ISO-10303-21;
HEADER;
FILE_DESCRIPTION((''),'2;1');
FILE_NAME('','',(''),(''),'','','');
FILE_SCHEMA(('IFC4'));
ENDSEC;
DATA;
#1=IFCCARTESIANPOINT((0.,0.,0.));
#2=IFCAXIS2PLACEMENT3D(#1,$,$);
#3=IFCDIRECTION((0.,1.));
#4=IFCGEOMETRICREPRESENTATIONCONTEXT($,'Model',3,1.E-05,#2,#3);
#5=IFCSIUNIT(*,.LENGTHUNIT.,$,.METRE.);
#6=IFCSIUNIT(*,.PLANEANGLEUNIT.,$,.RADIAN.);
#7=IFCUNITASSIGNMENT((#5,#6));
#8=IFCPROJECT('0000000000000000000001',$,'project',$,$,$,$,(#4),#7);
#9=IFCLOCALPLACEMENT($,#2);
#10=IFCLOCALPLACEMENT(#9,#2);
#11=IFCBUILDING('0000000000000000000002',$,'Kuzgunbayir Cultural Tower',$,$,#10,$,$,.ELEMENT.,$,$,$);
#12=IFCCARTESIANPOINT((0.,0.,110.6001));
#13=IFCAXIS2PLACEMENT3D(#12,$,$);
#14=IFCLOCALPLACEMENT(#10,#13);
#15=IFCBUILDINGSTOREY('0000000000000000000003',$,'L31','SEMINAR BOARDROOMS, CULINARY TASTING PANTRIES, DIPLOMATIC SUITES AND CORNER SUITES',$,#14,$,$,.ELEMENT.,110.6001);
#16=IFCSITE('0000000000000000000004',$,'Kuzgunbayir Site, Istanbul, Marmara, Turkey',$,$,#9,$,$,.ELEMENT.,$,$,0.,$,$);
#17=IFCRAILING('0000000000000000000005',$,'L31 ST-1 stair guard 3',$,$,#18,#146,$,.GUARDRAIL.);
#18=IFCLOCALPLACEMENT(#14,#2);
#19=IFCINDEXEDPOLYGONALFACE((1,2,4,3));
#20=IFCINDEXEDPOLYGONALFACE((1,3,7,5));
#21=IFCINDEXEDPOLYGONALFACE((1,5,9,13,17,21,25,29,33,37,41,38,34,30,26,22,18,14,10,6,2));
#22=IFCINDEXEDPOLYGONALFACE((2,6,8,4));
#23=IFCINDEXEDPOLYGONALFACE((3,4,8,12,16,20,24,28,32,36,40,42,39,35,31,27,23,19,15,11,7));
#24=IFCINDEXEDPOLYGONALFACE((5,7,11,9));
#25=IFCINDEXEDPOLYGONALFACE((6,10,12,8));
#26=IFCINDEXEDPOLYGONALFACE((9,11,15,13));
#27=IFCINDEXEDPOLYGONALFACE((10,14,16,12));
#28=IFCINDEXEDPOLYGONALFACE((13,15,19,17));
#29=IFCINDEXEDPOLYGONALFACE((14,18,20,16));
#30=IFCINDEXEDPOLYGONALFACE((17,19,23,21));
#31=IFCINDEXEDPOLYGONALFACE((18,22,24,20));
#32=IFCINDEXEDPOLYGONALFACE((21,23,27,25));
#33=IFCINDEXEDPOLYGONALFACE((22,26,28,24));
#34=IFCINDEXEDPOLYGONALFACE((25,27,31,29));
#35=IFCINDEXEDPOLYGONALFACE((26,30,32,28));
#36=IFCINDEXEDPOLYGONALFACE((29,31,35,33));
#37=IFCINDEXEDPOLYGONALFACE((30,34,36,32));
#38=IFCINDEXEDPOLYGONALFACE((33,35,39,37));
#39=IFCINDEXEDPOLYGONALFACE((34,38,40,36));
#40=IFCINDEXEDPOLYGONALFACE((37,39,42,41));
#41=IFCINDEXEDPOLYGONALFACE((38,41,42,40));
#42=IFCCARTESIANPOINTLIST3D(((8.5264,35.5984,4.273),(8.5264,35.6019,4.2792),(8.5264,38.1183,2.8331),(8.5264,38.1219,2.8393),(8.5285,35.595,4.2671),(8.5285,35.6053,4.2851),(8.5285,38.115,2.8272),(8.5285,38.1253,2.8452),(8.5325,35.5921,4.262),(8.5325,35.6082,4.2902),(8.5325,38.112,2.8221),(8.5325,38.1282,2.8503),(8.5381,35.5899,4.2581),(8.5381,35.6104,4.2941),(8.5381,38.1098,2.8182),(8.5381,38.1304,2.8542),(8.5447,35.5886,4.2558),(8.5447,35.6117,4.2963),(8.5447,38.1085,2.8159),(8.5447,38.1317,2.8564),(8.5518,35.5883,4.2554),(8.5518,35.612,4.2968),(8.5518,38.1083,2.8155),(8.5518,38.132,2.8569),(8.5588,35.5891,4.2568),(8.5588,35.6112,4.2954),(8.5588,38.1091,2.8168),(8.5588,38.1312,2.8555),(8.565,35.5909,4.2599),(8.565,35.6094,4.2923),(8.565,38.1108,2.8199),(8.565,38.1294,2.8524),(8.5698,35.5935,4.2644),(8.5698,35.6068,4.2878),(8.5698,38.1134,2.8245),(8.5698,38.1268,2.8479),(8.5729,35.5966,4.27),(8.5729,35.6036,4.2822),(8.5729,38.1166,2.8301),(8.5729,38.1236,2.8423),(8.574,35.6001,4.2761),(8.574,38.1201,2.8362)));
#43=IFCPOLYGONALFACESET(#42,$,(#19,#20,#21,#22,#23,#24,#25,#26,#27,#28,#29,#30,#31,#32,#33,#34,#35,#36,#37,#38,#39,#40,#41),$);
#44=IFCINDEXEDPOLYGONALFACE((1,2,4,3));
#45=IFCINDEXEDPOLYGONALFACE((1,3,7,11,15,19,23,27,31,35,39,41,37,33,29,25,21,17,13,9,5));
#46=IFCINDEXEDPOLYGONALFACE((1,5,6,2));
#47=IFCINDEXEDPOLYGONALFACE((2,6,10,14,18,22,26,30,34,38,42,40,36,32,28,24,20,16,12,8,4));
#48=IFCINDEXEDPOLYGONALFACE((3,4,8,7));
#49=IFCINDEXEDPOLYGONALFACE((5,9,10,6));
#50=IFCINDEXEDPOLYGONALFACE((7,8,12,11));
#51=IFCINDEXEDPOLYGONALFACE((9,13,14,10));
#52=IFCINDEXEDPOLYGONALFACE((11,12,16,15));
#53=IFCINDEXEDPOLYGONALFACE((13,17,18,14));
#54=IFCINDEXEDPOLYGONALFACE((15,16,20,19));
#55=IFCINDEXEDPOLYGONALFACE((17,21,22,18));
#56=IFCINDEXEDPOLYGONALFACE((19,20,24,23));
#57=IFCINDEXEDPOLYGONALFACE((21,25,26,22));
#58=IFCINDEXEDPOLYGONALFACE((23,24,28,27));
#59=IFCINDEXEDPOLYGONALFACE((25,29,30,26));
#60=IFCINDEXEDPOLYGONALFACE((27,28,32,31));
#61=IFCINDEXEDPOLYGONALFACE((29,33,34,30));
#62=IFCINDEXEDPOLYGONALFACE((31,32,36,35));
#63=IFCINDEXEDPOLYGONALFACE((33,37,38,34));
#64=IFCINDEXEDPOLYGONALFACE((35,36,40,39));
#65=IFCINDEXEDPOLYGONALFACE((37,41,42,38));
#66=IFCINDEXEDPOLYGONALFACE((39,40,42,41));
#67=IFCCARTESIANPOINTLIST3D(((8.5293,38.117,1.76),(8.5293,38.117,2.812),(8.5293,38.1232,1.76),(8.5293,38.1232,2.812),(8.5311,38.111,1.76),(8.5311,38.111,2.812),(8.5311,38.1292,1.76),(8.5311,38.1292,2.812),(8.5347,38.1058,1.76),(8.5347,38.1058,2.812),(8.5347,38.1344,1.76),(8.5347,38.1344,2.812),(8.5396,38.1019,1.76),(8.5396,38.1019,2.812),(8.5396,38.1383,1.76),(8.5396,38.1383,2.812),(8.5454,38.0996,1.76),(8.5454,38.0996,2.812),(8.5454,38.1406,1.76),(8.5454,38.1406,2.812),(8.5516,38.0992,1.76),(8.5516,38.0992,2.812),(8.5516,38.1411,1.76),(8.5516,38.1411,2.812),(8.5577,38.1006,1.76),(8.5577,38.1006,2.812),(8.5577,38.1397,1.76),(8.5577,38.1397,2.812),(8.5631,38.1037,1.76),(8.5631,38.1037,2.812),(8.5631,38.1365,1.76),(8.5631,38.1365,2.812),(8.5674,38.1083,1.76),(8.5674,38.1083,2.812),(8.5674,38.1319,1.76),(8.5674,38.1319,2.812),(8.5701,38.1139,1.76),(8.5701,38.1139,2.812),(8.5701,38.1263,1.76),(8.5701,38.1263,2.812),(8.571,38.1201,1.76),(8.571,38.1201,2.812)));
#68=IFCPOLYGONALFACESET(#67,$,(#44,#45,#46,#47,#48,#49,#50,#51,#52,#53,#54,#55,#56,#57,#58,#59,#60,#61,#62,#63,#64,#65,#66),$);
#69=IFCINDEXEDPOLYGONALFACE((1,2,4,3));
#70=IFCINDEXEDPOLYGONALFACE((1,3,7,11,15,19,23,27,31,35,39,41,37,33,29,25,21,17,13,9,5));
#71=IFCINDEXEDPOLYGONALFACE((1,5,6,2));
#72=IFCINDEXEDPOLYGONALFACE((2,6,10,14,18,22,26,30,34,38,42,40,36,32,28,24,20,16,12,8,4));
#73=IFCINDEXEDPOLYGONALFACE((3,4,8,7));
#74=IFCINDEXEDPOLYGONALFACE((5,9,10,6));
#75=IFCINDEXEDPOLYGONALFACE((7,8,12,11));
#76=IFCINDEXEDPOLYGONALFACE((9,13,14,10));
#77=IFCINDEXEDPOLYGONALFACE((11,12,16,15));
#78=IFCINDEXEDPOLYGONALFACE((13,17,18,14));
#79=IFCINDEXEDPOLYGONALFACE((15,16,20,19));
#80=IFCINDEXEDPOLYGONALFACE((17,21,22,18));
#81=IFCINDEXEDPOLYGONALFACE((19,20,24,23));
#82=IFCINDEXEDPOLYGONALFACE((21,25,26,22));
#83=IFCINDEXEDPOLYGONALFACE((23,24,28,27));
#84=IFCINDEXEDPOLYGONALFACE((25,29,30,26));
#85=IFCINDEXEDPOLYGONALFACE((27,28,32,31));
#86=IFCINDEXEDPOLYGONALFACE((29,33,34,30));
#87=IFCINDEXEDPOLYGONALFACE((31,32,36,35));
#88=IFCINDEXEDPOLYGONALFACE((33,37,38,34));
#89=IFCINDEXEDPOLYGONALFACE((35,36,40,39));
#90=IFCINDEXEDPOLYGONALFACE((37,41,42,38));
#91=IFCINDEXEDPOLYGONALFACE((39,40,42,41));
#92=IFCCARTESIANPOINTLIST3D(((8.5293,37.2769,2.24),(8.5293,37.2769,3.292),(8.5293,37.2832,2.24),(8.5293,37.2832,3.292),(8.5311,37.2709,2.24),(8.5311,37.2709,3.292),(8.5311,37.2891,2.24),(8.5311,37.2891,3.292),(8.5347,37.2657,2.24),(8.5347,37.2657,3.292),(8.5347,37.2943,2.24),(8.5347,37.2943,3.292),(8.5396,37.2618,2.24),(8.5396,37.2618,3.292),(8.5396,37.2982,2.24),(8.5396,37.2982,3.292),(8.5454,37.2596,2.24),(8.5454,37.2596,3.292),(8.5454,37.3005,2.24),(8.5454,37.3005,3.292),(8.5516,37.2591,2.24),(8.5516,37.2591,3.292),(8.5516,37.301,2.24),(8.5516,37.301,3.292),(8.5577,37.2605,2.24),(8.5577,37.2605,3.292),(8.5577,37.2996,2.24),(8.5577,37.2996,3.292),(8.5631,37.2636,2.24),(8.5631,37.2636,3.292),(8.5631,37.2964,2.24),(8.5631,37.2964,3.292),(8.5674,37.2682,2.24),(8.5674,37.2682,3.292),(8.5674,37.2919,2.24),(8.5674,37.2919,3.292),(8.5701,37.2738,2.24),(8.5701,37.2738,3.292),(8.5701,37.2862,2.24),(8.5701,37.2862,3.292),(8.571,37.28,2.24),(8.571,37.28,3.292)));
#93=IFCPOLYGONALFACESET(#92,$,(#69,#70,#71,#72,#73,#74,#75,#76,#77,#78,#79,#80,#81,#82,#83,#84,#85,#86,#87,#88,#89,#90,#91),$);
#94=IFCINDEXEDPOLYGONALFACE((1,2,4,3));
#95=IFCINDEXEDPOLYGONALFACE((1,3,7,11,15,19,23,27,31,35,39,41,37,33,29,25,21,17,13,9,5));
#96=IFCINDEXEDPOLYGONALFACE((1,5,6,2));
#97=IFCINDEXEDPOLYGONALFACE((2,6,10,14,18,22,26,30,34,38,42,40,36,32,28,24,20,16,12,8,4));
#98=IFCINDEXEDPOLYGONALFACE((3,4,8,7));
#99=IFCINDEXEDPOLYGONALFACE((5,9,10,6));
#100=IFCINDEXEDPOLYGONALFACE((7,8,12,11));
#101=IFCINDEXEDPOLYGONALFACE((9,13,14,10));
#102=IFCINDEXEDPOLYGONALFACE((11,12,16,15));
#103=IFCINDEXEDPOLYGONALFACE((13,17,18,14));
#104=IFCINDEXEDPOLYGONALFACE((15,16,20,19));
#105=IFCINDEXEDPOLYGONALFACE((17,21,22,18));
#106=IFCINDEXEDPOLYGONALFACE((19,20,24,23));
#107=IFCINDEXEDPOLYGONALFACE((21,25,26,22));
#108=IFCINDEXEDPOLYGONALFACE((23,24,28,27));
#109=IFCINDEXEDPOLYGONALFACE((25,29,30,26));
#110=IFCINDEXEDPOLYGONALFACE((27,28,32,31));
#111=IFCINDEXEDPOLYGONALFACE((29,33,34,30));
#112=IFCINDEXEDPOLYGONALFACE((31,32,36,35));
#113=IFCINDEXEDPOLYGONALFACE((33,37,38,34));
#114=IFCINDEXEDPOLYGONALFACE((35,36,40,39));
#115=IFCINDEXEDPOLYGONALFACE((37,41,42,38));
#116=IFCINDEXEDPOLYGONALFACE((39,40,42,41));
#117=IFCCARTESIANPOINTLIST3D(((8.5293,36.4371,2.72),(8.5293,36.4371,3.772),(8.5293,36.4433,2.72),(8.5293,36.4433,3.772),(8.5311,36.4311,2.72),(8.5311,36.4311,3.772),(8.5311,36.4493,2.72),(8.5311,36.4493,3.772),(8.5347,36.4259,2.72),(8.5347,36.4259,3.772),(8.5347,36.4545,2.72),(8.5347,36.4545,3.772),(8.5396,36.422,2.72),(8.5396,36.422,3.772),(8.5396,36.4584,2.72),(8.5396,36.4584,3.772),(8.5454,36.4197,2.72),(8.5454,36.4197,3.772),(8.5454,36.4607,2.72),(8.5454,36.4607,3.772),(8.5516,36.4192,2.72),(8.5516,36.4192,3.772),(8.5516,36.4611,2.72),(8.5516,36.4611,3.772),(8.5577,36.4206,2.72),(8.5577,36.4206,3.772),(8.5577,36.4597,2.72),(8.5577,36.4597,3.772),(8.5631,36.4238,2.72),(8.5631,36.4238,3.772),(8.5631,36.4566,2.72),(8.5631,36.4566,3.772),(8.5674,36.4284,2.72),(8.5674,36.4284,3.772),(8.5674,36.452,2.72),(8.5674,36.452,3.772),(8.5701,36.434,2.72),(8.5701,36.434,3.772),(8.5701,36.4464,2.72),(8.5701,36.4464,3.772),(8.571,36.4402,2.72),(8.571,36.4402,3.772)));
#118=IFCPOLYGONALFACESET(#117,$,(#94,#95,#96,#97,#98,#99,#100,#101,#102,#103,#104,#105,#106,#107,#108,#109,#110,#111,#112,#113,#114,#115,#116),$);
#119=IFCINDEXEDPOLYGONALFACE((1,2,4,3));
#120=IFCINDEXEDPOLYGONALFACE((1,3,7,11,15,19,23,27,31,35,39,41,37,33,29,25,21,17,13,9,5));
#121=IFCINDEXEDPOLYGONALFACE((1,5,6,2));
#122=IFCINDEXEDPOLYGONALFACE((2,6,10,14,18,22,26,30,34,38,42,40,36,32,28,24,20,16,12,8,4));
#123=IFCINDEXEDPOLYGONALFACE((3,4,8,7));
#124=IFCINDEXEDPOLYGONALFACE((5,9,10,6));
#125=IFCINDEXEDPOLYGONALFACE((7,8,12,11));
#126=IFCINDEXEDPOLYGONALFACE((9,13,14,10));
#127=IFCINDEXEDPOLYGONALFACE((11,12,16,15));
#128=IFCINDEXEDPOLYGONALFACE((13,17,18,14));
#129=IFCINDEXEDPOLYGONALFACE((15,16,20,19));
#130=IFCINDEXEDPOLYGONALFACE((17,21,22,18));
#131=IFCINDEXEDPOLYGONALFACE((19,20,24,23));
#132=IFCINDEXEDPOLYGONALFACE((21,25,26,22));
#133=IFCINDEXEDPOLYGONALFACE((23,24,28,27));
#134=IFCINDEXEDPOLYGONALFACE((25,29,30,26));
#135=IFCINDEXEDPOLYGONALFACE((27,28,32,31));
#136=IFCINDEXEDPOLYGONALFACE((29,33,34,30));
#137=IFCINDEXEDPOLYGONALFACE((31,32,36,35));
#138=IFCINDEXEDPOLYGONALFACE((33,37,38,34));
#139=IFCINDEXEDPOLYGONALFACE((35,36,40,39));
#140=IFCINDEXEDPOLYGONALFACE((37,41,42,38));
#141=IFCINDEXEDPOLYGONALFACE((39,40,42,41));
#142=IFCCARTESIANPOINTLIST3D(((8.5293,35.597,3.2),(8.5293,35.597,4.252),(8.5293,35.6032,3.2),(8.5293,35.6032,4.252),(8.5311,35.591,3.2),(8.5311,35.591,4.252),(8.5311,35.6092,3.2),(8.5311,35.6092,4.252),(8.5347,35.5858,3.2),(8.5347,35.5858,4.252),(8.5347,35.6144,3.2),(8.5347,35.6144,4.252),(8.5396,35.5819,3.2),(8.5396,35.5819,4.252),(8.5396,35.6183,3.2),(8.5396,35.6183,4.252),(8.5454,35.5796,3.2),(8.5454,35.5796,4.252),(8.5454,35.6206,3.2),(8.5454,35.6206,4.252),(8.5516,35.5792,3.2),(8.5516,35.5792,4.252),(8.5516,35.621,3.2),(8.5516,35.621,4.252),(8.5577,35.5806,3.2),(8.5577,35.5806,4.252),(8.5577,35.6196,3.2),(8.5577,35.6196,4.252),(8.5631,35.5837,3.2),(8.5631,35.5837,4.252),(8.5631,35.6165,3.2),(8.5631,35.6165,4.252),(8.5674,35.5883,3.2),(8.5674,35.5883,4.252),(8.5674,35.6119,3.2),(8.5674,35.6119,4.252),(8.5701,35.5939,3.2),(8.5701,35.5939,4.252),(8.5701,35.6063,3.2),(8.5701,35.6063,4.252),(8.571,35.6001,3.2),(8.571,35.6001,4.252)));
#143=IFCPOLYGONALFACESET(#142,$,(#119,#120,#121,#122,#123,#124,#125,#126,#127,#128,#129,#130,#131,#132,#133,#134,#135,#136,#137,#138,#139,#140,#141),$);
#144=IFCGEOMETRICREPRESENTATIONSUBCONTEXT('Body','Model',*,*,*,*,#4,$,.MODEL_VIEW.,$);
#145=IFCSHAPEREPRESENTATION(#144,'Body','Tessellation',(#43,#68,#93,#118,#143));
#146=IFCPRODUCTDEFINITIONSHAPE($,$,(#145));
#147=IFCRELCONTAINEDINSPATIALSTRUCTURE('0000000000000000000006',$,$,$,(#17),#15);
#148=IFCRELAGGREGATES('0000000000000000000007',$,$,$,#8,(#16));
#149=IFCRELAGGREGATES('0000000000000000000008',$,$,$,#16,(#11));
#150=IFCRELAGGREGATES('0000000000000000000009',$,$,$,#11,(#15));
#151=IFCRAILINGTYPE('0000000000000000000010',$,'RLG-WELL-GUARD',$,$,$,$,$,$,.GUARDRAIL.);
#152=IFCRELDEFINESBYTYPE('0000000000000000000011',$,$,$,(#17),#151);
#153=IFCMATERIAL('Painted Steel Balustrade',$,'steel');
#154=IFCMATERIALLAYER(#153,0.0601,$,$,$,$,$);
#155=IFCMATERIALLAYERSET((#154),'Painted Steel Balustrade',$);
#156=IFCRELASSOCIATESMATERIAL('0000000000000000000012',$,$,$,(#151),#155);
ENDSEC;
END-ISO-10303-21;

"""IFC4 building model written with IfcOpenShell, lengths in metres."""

from ifc_helpers import new_model, si_unit, direction, frame, origin, origin_2d, place, context, subcontext, project, spatial, circle, extrude, material, layer, layer_set, type_object, element, save


model = new_model("IFC4")

# Units and contexts
model_context = context("Model", 3, precision=1e-05, world=origin(), true_north=direction((0.0, 1.0)))
body_context = subcontext(model_context, "Body", "Model", "MODEL_VIEW")
ifc_project = project(units=[si_unit("LENGTHUNIT", "METRE"), si_unit("PLANEANGLEUNIT", "RADIAN")], contexts=[model_context])

# Site, building, storey
site_placement = place(None, origin())
site = spatial("IfcSite", under=ifc_project, at=site_placement, Name="Kuzgunbayir Site, Istanbul, Marmara, Turkey", CompositionType="ELEMENT", RefElevation=0.0)
building_placement = place(site_placement, origin())
building = spatial("IfcBuilding", under=site, at=building_placement, Name="Kuzgunbayir Cultural Tower", CompositionType="ELEMENT")
storey_placement = place(building_placement, frame((0.0, 0.0, 110.6001)))
storey = spatial("IfcBuildingStorey", under=building, at=storey_placement, Name="L31", Description="SEMINAR BOARDROOMS, CULINARY TASTING PANTRIES, DIPLOMATIC SUITES AND CORNER SUITES", CompositionType="ELEMENT", Elevation=110.6001)

# Railing
ifc_material_1 = material(Name="Painted Steel Balustrade", Category="steel")
ifc_layer_1 = layer(ifc_material_1, 0.0601)
ifc_layer_set_1 = layer_set([ifc_layer_1], Name="Painted Steel Balustrade")
railing_type_1 = type_object("IfcRailingType", Name="RLG-WELL-GUARD", PredefinedType="GUARDRAIL", material=ifc_layer_set_1)
railing_1_placement = place(storey_placement, frame((8.55, 38.1201, 1.76)))
element("IfcRailing", 1, at=railing_1_placement, inside=storey, type_object=railing_type_1, Name="L31 ST-1 stair guard 3", PredefinedType="GUARDRAIL", context=body_context, shape_type="SweptSolid", body=[
    extrude(circle(Radius=0.0239, at=origin_2d()), frame((0.0, 0.0, 1.0762), z_axis=(0.0, -0.868253, 0.496121), x_axis=(1.0, 0.0, 0.0)), (0.0, 0.0, 1.0), 2.9023),
    extrude(circle(Radius=0.021, at=origin_2d()), origin(), (0.0, 0.0, 1.0), 1.052),
    extrude(circle(Radius=0.021, at=origin_2d()), frame((0.0, -0.8401, 0.48)), (0.0, 0.0, 1.0), 1.052),
    extrude(circle(Radius=0.021, at=origin_2d()), frame((0.0, -1.6799, 0.96)), (0.0, 0.0, 1.0), 1.052),
    extrude(circle(Radius=0.021, at=origin_2d()), frame((0.0, -2.52, 1.4399)), (0.0, 0.0, 1.0), 1.052),
])

save(model, "model.ifc")
